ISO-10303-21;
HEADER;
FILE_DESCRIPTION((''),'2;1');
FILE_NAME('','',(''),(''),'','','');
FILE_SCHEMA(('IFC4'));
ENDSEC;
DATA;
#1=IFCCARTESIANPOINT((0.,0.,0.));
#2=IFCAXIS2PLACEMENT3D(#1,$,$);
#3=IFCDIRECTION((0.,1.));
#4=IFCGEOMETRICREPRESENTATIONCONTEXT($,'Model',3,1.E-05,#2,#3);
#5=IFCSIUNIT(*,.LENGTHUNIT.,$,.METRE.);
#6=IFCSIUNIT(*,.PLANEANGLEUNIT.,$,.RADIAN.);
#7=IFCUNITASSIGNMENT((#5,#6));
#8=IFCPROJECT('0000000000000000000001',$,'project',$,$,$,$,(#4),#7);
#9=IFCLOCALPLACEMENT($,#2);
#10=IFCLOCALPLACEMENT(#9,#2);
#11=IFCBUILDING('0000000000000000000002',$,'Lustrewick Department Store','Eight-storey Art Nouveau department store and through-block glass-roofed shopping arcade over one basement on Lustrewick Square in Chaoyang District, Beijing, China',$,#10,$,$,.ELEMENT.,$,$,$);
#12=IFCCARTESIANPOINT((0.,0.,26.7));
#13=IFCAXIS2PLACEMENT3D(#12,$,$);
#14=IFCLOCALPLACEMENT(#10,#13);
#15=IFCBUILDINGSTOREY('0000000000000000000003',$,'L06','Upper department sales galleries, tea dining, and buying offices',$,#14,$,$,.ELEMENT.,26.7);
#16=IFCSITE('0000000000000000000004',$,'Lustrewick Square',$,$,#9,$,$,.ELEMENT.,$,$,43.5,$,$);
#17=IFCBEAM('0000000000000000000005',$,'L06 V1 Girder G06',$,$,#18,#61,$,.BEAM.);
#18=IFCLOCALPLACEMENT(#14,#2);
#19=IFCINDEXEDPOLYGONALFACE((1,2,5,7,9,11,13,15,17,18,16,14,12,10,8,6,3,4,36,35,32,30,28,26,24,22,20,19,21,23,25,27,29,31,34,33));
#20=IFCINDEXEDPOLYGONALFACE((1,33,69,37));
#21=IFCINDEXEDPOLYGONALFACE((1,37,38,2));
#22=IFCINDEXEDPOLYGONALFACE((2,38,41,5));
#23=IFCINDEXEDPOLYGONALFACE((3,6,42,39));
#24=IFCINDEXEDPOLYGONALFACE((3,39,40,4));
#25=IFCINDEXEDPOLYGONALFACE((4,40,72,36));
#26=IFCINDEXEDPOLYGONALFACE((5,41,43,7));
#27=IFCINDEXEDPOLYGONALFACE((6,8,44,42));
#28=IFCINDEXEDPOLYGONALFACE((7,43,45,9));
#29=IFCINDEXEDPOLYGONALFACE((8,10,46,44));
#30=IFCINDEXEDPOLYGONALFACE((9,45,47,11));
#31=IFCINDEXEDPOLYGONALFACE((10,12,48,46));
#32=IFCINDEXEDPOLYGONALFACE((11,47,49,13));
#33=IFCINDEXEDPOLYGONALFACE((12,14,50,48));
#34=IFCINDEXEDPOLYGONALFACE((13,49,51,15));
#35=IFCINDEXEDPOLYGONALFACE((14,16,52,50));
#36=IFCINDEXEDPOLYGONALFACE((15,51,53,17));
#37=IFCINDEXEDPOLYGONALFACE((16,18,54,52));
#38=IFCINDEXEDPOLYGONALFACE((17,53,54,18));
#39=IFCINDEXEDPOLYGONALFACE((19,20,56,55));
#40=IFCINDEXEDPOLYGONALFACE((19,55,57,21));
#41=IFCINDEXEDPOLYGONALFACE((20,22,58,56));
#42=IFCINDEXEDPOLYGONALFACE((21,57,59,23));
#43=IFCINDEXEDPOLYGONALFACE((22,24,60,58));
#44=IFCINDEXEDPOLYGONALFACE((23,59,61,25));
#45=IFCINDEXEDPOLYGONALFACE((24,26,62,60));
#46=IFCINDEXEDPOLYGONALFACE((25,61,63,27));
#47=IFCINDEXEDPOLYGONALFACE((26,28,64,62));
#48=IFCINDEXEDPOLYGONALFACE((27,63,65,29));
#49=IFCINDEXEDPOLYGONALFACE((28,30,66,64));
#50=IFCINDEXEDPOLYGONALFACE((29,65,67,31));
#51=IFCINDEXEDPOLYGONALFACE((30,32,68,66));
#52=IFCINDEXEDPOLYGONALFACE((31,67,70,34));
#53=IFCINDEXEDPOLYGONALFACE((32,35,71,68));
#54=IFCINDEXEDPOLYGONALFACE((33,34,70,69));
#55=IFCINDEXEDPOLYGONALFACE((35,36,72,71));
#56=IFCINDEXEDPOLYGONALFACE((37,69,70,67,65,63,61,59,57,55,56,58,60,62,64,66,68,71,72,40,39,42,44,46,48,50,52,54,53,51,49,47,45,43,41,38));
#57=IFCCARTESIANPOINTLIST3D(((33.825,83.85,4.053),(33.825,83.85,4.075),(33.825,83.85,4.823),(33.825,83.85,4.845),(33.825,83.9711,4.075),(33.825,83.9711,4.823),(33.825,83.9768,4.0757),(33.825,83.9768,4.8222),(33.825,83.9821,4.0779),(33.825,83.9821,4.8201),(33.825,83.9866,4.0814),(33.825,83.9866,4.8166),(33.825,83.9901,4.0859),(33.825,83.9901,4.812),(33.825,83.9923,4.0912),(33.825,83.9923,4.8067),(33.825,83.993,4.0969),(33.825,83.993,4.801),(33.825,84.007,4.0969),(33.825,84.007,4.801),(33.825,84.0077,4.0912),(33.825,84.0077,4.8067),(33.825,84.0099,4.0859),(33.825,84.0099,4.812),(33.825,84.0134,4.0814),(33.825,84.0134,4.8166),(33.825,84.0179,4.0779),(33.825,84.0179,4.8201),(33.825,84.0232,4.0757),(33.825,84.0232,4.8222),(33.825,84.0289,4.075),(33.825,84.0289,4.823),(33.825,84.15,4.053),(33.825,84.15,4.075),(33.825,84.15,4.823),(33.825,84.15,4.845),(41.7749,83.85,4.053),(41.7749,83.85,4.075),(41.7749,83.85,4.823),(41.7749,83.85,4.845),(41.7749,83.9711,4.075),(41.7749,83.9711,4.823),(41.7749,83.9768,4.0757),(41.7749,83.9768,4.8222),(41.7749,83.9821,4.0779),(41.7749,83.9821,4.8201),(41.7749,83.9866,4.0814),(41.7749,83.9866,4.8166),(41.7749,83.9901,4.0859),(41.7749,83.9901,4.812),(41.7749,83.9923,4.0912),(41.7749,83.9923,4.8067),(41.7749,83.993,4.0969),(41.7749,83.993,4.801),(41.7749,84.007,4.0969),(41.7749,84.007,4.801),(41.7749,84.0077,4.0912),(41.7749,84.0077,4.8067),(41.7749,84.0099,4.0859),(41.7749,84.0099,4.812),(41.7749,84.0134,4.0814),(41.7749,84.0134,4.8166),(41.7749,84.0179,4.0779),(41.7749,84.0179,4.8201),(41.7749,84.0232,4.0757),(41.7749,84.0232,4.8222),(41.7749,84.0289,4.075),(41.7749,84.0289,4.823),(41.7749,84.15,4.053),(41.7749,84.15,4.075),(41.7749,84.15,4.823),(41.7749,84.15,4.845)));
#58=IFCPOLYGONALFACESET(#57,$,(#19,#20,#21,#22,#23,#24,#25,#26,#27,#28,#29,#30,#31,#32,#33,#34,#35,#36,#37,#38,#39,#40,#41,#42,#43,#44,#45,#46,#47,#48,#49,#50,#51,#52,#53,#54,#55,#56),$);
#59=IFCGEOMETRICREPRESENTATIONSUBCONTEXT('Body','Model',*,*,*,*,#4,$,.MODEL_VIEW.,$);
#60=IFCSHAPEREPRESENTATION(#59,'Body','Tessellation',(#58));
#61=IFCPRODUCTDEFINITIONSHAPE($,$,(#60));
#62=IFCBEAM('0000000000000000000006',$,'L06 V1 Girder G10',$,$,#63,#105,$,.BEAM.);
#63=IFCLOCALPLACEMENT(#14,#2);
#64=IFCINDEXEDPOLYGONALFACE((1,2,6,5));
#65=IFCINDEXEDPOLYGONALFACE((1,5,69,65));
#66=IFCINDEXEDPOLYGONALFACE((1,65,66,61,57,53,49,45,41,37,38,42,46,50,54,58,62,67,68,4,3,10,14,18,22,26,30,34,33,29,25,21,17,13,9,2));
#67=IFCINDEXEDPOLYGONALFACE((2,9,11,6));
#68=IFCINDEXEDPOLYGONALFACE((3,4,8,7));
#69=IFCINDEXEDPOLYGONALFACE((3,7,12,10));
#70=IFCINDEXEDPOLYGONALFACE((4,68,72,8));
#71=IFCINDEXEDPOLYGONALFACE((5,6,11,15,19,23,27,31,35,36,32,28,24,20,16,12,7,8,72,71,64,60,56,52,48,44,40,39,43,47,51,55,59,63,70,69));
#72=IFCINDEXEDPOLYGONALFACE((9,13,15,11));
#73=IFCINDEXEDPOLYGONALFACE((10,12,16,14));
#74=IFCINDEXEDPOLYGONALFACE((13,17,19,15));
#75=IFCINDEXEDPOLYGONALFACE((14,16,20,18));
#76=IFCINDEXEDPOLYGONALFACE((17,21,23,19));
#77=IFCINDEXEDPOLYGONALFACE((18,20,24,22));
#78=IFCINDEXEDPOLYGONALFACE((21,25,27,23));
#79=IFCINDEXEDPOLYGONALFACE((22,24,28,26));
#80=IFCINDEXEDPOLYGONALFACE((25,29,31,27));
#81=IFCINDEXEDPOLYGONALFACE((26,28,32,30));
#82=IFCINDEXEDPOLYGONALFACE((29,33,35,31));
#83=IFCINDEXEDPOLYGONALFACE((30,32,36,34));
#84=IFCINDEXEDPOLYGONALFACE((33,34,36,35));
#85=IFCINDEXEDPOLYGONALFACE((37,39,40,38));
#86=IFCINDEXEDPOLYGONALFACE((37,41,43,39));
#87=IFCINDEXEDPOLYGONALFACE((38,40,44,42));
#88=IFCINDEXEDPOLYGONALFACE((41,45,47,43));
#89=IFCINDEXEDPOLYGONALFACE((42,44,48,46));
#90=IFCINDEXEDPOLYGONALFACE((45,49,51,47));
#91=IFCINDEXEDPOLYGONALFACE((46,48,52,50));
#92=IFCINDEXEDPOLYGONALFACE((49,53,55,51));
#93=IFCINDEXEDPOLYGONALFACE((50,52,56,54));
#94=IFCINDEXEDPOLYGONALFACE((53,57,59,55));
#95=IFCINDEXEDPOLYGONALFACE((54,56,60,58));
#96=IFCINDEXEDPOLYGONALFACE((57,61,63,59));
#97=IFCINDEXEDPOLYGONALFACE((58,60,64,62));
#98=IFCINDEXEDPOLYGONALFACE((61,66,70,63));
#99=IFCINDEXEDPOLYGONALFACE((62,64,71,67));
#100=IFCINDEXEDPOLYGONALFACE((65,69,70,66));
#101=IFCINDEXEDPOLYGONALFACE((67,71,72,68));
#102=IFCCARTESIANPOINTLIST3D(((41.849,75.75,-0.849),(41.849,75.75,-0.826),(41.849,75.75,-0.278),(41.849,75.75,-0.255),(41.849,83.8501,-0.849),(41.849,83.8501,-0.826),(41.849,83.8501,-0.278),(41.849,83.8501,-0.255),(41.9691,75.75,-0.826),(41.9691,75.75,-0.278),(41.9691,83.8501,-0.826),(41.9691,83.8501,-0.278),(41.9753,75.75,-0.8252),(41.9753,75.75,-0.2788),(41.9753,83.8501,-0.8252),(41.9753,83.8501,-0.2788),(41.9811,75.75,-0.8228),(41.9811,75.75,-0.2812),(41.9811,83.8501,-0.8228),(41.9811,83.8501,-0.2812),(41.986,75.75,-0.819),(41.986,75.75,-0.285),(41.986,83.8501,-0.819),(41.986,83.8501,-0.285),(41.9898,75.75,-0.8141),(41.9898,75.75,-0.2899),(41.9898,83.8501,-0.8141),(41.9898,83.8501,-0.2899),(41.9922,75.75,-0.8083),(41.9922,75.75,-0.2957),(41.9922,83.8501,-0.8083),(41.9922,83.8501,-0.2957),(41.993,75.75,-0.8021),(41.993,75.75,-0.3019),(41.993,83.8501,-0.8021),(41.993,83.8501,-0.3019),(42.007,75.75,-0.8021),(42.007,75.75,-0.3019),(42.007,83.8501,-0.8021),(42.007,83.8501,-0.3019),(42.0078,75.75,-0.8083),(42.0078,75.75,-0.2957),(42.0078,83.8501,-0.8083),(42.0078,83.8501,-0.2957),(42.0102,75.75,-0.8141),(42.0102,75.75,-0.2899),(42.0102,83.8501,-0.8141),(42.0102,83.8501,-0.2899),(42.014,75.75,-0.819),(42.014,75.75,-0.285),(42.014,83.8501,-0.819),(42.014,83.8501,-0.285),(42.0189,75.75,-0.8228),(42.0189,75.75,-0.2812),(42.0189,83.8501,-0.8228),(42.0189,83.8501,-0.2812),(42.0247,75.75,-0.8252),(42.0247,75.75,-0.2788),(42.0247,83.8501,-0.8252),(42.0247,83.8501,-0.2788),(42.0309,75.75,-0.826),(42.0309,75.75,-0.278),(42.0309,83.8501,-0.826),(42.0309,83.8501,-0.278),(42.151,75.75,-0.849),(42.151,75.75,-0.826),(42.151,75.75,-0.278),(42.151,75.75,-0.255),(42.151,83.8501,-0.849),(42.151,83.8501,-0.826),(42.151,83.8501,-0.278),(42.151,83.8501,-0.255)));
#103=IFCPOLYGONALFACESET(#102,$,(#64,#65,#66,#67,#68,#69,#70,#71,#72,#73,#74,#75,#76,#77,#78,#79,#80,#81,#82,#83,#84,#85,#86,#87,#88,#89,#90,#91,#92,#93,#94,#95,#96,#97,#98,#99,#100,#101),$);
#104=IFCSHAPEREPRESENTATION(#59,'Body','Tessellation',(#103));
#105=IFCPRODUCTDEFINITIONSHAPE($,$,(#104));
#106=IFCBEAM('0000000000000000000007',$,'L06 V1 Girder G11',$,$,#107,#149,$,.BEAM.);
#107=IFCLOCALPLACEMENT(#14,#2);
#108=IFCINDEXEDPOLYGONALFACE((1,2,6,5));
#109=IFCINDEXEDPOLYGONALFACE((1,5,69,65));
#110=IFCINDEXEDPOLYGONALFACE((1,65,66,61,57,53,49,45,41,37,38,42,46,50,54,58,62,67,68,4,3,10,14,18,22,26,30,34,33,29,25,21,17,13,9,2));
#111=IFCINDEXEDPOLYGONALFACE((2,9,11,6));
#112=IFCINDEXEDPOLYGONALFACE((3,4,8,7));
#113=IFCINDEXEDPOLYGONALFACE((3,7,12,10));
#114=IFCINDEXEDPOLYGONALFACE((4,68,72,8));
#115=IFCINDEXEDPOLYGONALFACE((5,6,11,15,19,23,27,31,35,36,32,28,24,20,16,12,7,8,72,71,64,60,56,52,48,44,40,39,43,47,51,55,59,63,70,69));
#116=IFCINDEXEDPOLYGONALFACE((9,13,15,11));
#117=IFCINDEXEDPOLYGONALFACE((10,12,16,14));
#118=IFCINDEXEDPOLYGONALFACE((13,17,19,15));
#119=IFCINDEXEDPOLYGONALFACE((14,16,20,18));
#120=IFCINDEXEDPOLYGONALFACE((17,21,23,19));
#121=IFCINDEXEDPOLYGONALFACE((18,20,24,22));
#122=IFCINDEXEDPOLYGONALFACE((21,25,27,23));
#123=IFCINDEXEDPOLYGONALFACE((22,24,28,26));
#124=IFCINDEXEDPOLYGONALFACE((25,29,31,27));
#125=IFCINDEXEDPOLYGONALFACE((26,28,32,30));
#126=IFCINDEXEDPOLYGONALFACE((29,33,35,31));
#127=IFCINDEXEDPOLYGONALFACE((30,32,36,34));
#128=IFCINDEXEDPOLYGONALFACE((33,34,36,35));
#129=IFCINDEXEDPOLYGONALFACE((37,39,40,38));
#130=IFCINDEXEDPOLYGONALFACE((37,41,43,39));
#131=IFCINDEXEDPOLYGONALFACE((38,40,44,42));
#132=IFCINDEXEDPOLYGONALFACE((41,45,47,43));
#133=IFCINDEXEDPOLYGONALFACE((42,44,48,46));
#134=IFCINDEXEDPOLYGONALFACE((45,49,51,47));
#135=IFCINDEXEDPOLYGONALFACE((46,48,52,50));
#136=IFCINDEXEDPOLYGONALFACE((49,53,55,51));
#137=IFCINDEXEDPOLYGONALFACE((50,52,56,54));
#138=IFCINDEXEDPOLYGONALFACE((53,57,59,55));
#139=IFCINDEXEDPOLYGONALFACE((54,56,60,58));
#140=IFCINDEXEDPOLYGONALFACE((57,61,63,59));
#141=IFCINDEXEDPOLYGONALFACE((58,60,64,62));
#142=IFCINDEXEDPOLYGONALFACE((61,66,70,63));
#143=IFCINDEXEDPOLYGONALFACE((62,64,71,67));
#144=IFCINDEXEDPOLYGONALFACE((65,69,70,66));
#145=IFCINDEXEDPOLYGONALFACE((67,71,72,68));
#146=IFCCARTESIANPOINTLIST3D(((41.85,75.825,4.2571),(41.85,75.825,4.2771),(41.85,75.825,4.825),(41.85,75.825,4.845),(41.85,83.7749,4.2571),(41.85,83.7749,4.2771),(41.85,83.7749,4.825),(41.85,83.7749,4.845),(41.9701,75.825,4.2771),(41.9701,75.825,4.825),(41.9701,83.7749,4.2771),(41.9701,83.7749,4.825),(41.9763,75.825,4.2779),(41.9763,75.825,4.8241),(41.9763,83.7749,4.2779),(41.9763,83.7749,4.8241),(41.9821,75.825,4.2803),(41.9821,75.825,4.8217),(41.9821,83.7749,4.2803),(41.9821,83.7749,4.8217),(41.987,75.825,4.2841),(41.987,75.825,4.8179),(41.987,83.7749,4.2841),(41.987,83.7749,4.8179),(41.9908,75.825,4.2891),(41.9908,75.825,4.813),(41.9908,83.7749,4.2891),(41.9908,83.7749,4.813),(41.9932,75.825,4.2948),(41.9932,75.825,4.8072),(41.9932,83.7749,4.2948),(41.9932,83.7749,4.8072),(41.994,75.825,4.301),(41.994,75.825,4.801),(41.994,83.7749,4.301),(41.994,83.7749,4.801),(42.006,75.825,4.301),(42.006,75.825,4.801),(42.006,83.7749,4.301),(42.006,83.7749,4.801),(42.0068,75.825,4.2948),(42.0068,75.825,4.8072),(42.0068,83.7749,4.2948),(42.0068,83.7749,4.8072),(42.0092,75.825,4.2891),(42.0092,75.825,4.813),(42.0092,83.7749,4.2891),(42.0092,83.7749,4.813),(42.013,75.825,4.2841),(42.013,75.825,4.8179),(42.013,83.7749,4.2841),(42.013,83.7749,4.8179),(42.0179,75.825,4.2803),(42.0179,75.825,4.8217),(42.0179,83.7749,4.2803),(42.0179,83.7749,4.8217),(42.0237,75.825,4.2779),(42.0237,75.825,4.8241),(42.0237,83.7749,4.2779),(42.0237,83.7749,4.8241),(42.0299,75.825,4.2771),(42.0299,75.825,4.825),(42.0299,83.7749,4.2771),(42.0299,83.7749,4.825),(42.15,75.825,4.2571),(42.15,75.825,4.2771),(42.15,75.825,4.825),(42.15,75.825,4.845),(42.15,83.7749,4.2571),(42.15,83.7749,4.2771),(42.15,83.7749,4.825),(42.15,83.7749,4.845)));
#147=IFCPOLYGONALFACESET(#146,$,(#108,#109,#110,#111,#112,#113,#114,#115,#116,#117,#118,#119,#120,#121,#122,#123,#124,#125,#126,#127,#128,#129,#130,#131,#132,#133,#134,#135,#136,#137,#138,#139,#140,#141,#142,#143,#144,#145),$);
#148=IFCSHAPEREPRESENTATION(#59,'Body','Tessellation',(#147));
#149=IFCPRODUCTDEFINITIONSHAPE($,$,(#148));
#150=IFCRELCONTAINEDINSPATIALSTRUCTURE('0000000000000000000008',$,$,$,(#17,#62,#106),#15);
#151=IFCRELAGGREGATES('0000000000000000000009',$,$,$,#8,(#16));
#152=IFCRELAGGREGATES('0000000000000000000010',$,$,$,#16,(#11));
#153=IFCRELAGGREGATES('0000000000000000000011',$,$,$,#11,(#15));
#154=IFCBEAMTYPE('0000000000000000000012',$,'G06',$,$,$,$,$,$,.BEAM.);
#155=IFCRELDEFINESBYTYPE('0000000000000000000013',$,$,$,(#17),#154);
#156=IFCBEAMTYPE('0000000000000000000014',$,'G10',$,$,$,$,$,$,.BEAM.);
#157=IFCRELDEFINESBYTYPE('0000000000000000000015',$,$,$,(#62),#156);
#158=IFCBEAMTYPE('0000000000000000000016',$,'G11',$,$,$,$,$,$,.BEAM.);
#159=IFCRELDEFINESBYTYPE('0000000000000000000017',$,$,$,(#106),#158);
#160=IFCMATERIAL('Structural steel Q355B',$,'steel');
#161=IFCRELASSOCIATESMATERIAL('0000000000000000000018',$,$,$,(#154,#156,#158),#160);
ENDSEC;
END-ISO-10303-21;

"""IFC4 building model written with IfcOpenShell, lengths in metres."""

from ifc_helpers import new_model, si_unit, direction, frame, origin, origin_2d, place, context, subcontext, project, spatial, i_section, extrude, material, material_profile, profile_set, type_object, element, save


model = new_model("IFC4")

# Units and contexts
model_context = context("Model", 3, precision=1e-05, world=origin(), true_north=direction((0.0, 1.0)))
body_context = subcontext(model_context, "Body", "Model", "MODEL_VIEW")
ifc_project = project(units=[si_unit("LENGTHUNIT", "METRE"), si_unit("PLANEANGLEUNIT", "RADIAN")], contexts=[model_context])

# Site, building, storey
site_placement = place(None, origin())
site = spatial("IfcSite", under=ifc_project, at=site_placement, Name="Lustrewick Square", CompositionType="ELEMENT", RefElevation=43.5)
building_placement = place(site_placement, origin())
building = spatial("IfcBuilding", under=site, at=building_placement, Name="Lustrewick Department Store", Description="Eight-storey Art Nouveau department store and through-block glass-roofed shopping arcade over one basement on Lustrewick Square in Chaoyang District, Beijing, China", CompositionType="ELEMENT")
storey_placement = place(building_placement, frame((0.0, 0.0, 26.7)))
storey = spatial("IfcBuildingStorey", under=building, at=storey_placement, Name="L06", Description="Upper department sales galleries, tea dining, and buying offices", CompositionType="ELEMENT", Elevation=26.7)

# Shared definitions
ifc_material_1 = material(Name="Structural steel Q355B", Category="steel")

# Beams
ifc_material_profile_1 = material_profile(ifc_material_1, i_section(OverallWidth=0.3, OverallDepth=0.792, WebThickness=0.0139, FlangeThickness=0.022, FilletRadius=0.022, at=origin_2d()), Name="HN 792x300x14x22")
ifc_profile_set_1 = profile_set([ifc_material_profile_1], Name="Structural steel Q355B")
beam_type_1 = type_object("IfcBeamType", Name="G06", PredefinedType="BEAM", material=ifc_profile_set_1)
for number, where, z_axis, x_axis, name in (
    (1, (33.825, 84.0, 4.449), (1.0, 0.0, 0.0), (0.0, 1.0, 0.0), "L06 V1 Girder G06"),
):
    element("IfcBeam", number, at=place(storey_placement, frame(where, z_axis=z_axis, x_axis=x_axis)), inside=storey, type_object=beam_type_1, Name=name, PredefinedType="BEAM", context=body_context, shape_type="SweptSolid", body=[
        extrude(i_section(OverallWidth=0.3, OverallDepth=0.792, WebThickness=0.0139, FlangeThickness=0.022, FilletRadius=0.022, at=origin_2d()), origin(), (0.0, 0.0, 1.0), 7.95),
    ])
ifc_material_profile_2 = material_profile(ifc_material_1, i_section(OverallWidth=0.302, OverallDepth=0.594, WebThickness=0.0139, FlangeThickness=0.0229, FilletRadius=0.0239, at=origin_2d()), Name="HM 594x302x14x23")
ifc_profile_set_2 = profile_set([ifc_material_profile_2], Name="Structural steel Q355B")
beam_type_2 = type_object("IfcBeamType", Name="G10", PredefinedType="BEAM", material=ifc_profile_set_2)
beam_1_placement = place(storey_placement, frame((42.0, 75.75, -0.552), z_axis=(0.0, 1.0, 0.0), x_axis=(-1.0, 0.0, 0.0)))
element("IfcBeam", 2, at=beam_1_placement, inside=storey, type_object=beam_type_2, Name="L06 V1 Girder G10", PredefinedType="BEAM", context=body_context, shape_type="SweptSolid", body=[
    extrude(i_section(OverallWidth=0.302, OverallDepth=0.594, WebThickness=0.0139, FlangeThickness=0.0229, FilletRadius=0.0239, at=origin_2d()), origin(), (0.0, 0.0, 1.0), 8.1001),
])
ifc_material_profile_3 = material_profile(ifc_material_1, i_section(OverallWidth=0.3, OverallDepth=0.5879, WebThickness=0.012, FlangeThickness=0.02, FilletRadius=0.0239, at=origin_2d()), Name="HM 588x300x12x20")
ifc_profile_set_3 = profile_set([ifc_material_profile_3], Name="Structural steel Q355B")
beam_type_3 = type_object("IfcBeamType", Name="G11", PredefinedType="BEAM", material=ifc_profile_set_3)
beam_2_placement = place(storey_placement, frame((42.0, 75.825, 4.551), z_axis=(0.0, 1.0, 0.0), x_axis=(-1.0, 0.0, 0.0)))
element("IfcBeam", 3, at=beam_2_placement, inside=storey, type_object=beam_type_3, Name="L06 V1 Girder G11", PredefinedType="BEAM", context=body_context, shape_type="SweptSolid", body=[
    extrude(i_section(OverallWidth=0.3, OverallDepth=0.5879, WebThickness=0.012, FlangeThickness=0.02, FilletRadius=0.0239, at=origin_2d()), origin(), (0.0, 0.0, 1.0), 7.95),
])

save(model, "model.ifc")
